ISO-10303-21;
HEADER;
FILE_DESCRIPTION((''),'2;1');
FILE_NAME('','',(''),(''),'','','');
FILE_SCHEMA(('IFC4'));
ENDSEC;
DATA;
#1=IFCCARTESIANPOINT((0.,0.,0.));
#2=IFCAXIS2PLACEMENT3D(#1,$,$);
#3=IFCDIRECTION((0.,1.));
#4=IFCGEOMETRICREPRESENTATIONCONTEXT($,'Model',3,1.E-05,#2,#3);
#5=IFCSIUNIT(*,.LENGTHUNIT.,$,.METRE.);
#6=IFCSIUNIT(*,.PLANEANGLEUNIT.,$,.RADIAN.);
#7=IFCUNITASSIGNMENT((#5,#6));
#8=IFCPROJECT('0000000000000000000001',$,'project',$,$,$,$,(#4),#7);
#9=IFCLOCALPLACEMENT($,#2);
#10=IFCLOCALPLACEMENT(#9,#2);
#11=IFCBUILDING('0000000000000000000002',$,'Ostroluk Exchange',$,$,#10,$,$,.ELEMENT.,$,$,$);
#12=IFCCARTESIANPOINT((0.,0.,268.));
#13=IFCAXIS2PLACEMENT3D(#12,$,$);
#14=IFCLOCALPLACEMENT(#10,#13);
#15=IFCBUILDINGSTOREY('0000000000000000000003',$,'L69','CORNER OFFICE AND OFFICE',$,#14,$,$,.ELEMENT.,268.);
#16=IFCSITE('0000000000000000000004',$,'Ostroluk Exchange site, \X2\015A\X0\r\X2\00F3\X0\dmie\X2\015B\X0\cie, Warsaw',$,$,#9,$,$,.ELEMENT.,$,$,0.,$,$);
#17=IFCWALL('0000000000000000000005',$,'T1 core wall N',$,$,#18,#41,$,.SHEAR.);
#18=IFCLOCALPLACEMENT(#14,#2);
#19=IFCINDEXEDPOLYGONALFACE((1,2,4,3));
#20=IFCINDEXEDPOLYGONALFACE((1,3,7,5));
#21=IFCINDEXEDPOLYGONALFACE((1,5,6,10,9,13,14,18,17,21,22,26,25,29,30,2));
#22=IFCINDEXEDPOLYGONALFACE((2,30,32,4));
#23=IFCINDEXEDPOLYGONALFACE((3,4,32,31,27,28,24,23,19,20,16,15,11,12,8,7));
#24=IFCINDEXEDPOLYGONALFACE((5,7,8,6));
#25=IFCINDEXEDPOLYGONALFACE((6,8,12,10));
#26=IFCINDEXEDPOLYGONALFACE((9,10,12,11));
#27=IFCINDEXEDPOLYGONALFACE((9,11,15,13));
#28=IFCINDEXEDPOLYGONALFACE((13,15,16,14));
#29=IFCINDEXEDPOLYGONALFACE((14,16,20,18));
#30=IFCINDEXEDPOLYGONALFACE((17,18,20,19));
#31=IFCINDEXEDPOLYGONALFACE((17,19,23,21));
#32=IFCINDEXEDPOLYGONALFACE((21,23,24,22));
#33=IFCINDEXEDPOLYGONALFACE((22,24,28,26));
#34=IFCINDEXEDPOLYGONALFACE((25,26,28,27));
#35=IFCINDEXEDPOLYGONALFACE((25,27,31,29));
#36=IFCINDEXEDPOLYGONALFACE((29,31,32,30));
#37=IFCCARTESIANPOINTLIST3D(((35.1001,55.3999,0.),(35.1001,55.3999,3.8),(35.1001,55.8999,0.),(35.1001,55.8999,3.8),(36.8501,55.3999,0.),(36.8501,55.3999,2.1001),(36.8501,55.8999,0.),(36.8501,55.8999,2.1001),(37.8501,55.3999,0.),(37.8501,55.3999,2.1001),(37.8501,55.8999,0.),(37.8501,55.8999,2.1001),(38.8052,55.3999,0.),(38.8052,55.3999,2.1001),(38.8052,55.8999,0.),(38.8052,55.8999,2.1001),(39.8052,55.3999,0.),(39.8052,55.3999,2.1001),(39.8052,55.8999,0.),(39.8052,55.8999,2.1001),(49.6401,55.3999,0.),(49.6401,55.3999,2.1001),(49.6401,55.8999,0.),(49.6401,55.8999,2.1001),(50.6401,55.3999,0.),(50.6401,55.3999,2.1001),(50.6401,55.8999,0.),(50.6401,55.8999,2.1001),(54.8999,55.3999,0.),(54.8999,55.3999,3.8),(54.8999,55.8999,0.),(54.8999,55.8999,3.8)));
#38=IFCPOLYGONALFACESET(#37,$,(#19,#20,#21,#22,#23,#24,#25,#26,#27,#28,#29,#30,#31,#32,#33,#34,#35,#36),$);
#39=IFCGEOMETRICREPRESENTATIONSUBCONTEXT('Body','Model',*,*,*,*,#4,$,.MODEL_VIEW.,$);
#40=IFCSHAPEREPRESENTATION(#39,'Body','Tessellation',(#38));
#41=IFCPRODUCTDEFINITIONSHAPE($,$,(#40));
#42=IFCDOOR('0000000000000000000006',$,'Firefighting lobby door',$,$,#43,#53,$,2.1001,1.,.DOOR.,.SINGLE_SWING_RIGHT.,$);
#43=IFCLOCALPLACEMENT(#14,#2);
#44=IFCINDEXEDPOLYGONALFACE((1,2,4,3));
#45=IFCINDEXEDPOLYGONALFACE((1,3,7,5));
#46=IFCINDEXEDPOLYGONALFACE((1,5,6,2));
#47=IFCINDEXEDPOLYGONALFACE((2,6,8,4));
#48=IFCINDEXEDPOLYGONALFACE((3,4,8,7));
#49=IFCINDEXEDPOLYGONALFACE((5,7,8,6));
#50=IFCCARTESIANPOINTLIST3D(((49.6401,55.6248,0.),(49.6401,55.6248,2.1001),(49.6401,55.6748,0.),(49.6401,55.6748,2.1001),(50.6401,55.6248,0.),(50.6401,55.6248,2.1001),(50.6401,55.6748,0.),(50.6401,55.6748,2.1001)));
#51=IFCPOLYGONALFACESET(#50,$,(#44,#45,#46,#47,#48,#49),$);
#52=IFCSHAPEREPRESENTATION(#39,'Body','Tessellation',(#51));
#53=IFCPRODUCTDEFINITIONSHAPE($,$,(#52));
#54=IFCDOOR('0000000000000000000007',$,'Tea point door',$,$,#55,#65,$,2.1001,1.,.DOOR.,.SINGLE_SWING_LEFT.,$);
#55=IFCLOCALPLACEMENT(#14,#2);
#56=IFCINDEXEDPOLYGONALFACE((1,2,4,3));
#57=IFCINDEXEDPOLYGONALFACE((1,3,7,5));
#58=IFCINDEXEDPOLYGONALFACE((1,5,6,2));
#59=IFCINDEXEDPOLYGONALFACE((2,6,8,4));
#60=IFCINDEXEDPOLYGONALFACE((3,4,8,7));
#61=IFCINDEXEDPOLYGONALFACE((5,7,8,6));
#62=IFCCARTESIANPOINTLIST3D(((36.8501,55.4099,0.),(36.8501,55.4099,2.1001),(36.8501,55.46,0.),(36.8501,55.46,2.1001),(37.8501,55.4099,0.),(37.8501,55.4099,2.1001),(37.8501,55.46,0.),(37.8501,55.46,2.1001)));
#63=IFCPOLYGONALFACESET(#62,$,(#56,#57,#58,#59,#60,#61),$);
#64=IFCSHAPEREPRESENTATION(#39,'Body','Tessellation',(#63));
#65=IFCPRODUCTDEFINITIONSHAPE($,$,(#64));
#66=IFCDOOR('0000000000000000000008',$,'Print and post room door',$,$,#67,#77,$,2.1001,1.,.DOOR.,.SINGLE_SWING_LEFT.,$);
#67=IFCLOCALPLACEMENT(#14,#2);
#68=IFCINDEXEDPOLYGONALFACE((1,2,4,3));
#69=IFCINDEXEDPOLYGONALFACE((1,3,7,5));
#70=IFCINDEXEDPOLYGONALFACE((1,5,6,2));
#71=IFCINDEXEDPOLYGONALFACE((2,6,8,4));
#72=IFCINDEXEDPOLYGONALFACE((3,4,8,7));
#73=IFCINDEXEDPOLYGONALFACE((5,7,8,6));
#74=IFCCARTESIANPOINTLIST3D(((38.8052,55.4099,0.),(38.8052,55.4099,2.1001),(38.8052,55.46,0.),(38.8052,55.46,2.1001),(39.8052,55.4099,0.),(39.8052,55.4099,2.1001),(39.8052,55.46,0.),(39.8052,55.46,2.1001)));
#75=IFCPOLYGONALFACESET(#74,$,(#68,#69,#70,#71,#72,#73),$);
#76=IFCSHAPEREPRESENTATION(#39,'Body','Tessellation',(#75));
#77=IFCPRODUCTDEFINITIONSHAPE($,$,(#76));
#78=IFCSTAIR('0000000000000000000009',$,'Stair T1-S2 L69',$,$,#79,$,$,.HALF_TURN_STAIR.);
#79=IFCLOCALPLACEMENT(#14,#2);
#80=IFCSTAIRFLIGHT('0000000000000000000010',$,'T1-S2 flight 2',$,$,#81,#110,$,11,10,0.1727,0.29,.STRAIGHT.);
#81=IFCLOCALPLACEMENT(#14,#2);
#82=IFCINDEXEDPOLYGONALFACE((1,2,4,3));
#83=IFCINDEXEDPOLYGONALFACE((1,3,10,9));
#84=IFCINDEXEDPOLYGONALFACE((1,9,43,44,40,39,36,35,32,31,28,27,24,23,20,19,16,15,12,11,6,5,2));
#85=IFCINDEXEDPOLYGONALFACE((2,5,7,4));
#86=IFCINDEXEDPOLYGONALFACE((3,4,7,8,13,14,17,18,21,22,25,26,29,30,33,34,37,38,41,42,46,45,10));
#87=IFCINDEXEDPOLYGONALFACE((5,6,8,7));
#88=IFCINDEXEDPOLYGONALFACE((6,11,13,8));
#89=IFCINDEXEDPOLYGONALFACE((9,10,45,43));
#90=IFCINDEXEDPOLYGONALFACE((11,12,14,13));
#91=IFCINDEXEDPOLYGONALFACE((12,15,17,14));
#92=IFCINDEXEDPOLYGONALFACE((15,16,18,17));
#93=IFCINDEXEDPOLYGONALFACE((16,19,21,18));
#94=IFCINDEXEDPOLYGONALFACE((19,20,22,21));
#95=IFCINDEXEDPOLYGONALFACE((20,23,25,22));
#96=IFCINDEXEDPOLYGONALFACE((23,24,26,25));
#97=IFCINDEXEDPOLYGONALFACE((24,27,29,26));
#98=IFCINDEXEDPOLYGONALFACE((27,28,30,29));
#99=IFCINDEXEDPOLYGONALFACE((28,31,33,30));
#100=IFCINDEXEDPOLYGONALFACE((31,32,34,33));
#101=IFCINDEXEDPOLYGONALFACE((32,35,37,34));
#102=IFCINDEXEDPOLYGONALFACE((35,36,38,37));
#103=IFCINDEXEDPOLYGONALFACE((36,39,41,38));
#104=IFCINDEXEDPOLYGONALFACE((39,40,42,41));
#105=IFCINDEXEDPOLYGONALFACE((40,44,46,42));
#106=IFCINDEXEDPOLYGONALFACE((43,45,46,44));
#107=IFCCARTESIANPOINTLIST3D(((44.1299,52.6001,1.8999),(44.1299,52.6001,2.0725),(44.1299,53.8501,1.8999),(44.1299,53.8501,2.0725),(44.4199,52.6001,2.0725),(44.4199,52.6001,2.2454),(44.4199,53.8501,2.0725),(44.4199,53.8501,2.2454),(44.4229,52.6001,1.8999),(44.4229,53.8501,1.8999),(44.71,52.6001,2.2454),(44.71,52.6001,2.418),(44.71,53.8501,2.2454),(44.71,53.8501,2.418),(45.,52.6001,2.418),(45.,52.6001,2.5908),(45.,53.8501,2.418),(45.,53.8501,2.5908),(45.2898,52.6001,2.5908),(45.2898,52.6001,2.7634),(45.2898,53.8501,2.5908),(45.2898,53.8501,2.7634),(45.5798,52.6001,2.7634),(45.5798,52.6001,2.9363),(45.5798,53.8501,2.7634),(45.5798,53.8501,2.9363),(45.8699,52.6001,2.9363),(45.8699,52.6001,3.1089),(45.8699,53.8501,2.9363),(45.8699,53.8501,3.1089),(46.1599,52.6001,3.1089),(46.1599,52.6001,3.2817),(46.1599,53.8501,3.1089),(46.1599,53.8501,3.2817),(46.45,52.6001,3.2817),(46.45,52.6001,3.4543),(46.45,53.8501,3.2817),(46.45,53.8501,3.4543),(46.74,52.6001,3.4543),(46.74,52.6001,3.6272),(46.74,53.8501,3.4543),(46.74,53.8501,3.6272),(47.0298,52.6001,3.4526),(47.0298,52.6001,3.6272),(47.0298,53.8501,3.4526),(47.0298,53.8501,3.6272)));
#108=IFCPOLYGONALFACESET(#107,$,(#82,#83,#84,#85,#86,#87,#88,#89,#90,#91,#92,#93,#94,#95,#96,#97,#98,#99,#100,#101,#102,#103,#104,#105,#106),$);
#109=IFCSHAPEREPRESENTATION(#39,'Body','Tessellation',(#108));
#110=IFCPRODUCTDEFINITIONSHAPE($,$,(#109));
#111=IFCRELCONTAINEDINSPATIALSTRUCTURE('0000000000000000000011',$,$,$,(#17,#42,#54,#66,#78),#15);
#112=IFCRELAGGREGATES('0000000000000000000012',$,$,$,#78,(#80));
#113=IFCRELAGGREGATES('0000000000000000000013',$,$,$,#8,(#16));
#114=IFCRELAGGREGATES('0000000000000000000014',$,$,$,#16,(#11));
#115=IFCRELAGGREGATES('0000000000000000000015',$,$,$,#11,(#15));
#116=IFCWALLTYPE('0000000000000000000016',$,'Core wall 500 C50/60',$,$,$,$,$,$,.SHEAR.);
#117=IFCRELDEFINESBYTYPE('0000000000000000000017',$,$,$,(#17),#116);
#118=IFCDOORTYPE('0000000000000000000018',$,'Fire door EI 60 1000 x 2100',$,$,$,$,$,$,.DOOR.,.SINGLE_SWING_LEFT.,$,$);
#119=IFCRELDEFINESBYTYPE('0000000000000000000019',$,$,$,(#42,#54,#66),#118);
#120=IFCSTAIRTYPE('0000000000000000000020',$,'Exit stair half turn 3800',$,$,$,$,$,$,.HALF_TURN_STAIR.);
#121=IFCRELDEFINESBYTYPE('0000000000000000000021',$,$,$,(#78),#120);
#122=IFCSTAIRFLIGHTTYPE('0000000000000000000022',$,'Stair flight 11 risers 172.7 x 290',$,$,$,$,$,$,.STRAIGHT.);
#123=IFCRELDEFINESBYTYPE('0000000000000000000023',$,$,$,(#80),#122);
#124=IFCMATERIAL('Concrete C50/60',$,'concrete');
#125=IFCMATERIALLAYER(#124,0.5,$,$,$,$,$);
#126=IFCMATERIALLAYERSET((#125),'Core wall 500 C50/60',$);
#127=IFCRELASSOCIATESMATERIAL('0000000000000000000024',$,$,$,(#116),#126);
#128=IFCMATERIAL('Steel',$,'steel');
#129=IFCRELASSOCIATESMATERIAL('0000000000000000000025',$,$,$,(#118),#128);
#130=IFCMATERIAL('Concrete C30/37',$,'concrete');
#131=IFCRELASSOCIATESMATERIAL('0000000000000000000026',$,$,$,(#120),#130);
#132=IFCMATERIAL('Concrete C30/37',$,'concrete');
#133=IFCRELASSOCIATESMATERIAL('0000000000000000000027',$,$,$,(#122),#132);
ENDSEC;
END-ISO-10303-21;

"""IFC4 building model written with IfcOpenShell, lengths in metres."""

from ifc_helpers import new_model, si_unit, direction, frame, frame_2d, origin, place, context, subcontext, project, spatial, polyline, rectangle, outline, extrude, material, layer, layer_set, type_object, element, fill, aggregate, save


model = new_model("IFC4")

# Units and contexts
model_context = context("Model", 3, precision=1e-05, world=origin(), true_north=direction((0.0, 1.0)))
body_context = subcontext(model_context, "Body", "Model", "MODEL_VIEW")
ifc_project = project(units=[si_unit("LENGTHUNIT", "METRE"), si_unit("PLANEANGLEUNIT", "RADIAN")], contexts=[model_context])

# Site, building, storey
site_placement = place(None, origin())
site = spatial("IfcSite", under=ifc_project, at=site_placement, Name="Ostroluk Exchange site, Śródmieście, Warsaw", CompositionType="ELEMENT", RefElevation=0.0)
building_placement = place(site_placement, origin())
building = spatial("IfcBuilding", under=site, at=building_placement, Name="Ostroluk Exchange", CompositionType="ELEMENT")
storey_placement = place(building_placement, frame((0.0, 0.0, 268.0)))
storey = spatial("IfcBuildingStorey", under=building, at=storey_placement, Name="L69", Description="CORNER OFFICE AND OFFICE", CompositionType="ELEMENT", Elevation=268.0)

# Wall, openings, doors
ifc_material_1 = material(Name="Concrete C50/60", Category="concrete")
ifc_layer_1 = layer(ifc_material_1, 0.5)
ifc_layer_set_1 = layer_set([ifc_layer_1], Name="Core wall 500 C50/60")
wall_type_1 = type_object("IfcWallType", Name="Core wall 500 C50/60", PredefinedType="SHEAR", material=ifc_layer_set_1)
wall_1_placement = place(storey_placement, frame((35.1001, 55.6499, 0.0), z_axis=(0.0, 0.0, 1.0), x_axis=(1.0, 0.0, 0.0)))
wall_1 = element("IfcWall", 1, at=wall_1_placement, inside=storey, type_object=wall_type_1, Name="T1 core wall N", PredefinedType="SHEAR", context=body_context, shape_type="SweptSolid", body=[
    extrude(rectangle(XDim=19.7998, YDim=0.5, at=frame_2d((9.8999, 0.0))), origin(), (0.0, 0.0, 1.0), 3.8),
])
opening_1_placement = place(wall_1_placement, frame((14.54, 0.0, 0.0)))
opening_1 = element("IfcOpeningElement", 2, at=opening_1_placement, cuts=wall_1, PredefinedType="OPENING", context=body_context, shape_type="SweptSolid", body=[
    extrude(rectangle(XDim=1.0, YDim=2.1001, at=frame_2d((0.5, 1.05))), frame((0.0, 0.26, 0.0), z_axis=(0.0, -1.0, 0.0), x_axis=(1.0, 0.0, 0.0)), (0.0, 0.0, 1.0), 0.52),
])
opening_2_placement = place(wall_1_placement, frame((1.75, 0.0, 0.0)))
opening_2 = element("IfcOpeningElement", 3, at=opening_2_placement, cuts=wall_1, PredefinedType="OPENING", context=body_context, shape_type="SweptSolid", body=[
    extrude(rectangle(XDim=1.0, YDim=2.1001, at=frame_2d((0.5, 1.05))), frame((0.0, 0.26, 0.0), z_axis=(0.0, -1.0, 0.0), x_axis=(1.0, 0.0, 0.0)), (0.0, 0.0, 1.0), 0.52),
])
opening_3_placement = place(wall_1_placement, frame((3.7051, 0.0, 0.0)))
opening_3 = element("IfcOpeningElement", 4, at=opening_3_placement, cuts=wall_1, PredefinedType="OPENING", context=body_context, shape_type="SweptSolid", body=[
    extrude(rectangle(XDim=1.0, YDim=2.1001, at=frame_2d((0.5, 1.05))), frame((0.0, 0.26, 0.0), z_axis=(0.0, -1.0, 0.0), x_axis=(1.0, 0.0, 0.0)), (0.0, 0.0, 1.0), 0.52),
])
ifc_material_2 = material(Name="Steel", Category="steel")
door_type = type_object("IfcDoorType", Name="Fire door EI 60 1000 x 2100", OperationType="SINGLE_SWING_LEFT", PredefinedType="DOOR", material=ifc_material_2)
door_1_placement = place(opening_1_placement, origin())
door_1 = element("IfcDoor", 5, at=door_1_placement, inside=storey, type_object=door_type, Name="Firefighting lobby door", OperationType="SINGLE_SWING_RIGHT", OverallHeight=2.1001, OverallWidth=1.0, PredefinedType="DOOR", context=body_context, shape_type="SweptSolid", body=[
    extrude(rectangle(XDim=1.0, YDim=2.1001, at=frame_2d((0.5, 1.05))), frame((0.0, 0.0249, 0.0), z_axis=(0.0, -1.0, 0.0), x_axis=(1.0, 0.0, 0.0)), (0.0, 0.0, 1.0), 0.05),
])
fill(opening_1, door_1)
door_2_placement = place(opening_2_placement, origin())
door_2 = element("IfcDoor", 6, at=door_2_placement, inside=storey, type_object=door_type, Name="Tea point door", OperationType="SINGLE_SWING_LEFT", OverallHeight=2.1001, OverallWidth=1.0, PredefinedType="DOOR", context=body_context, shape_type="SweptSolid", body=[
    extrude(rectangle(XDim=1.0, YDim=2.1001, at=frame_2d((0.5, 1.05))), frame((0.0, -0.1899, 0.0), z_axis=(0.0, -1.0, 0.0), x_axis=(1.0, 0.0, 0.0)), (0.0, 0.0, 1.0), 0.05),
])
fill(opening_2, door_2)
door_3_placement = place(opening_3_placement, origin())
door_3 = element("IfcDoor", 7, at=door_3_placement, inside=storey, type_object=door_type, Name="Print and post room door", OperationType="SINGLE_SWING_LEFT", OverallHeight=2.1001, OverallWidth=1.0, PredefinedType="DOOR", context=body_context, shape_type="SweptSolid", body=[
    extrude(rectangle(XDim=1.0, YDim=2.1001, at=frame_2d((0.5, 1.05))), frame((0.0, -0.1899, 0.0), z_axis=(0.0, -1.0, 0.0), x_axis=(1.0, 0.0, 0.0)), (0.0, 0.0, 1.0), 0.05),
])
fill(opening_3, door_3)

# Stair, stair flight
ifc_material_3 = material(Name="Concrete C30/37", Category="concrete")
stair_type = type_object("IfcStairType", Name="Exit stair half turn 3800", PredefinedType="HALF_TURN_STAIR", material=ifc_material_3)
stair_placement = place(storey_placement, origin())
stair = element("IfcStair", 8, at=stair_placement, inside=storey, type_object=stair_type, Name="Stair T1-S2 L69", PredefinedType="HALF_TURN_STAIR")
ifc_material_4 = material(Name="Concrete C30/37", Category="concrete")
stair_flight_type = type_object("IfcStairFlightType", Name="Stair flight 11 risers 172.7 x 290", PredefinedType="STRAIGHT", material=ifc_material_4)
stair_flight_placement = place(storey_placement, frame((44.1299, 53.2251, 1.8999), z_axis=(0.0, 0.0, 1.0), x_axis=(1.0, 0.0, 0.0)))
stair_flight = element("IfcStairFlight", 9, at=stair_flight_placement, type_object=stair_flight_type, Name="T1-S2 flight 2", NumberOfRisers=11, NumberOfTreads=10, PredefinedType="STRAIGHT", RiserHeight=0.1727, TreadLength=0.29, context=body_context, shape_type="SweptSolid", body=[
    extrude(outline(polyline([(0.0, 0.0), (0.0, 0.1726), (0.29, 0.1726), (0.29, 0.3455), (0.5801, 0.3455), (0.5801, 0.5181), (0.8701, 0.5181), (0.8701, 0.6909), (1.1599, 0.6909), (1.1599, 0.8635), (1.45, 0.8635), (1.45, 1.0364), (1.74, 1.0364), (1.74, 1.209), (2.03, 1.209), (2.03, 1.3818), (2.3201, 1.3818), (2.3201, 1.5544), (2.6101, 1.5544), (2.6101, 1.7273), (2.8999, 1.7273), (2.8999, 1.8999), (2.8999, 1.5527), (0.293, 0.0), (0.0, 0.0)])), frame((0.0, 0.625, 0.0), z_axis=(0.0, -1.0, 0.0), x_axis=(1.0, 0.0, 0.0)), (0.0, 0.0, 1.0), 1.25),
])
aggregate(stair, [stair_flight])

save(model, "model.ifc")
